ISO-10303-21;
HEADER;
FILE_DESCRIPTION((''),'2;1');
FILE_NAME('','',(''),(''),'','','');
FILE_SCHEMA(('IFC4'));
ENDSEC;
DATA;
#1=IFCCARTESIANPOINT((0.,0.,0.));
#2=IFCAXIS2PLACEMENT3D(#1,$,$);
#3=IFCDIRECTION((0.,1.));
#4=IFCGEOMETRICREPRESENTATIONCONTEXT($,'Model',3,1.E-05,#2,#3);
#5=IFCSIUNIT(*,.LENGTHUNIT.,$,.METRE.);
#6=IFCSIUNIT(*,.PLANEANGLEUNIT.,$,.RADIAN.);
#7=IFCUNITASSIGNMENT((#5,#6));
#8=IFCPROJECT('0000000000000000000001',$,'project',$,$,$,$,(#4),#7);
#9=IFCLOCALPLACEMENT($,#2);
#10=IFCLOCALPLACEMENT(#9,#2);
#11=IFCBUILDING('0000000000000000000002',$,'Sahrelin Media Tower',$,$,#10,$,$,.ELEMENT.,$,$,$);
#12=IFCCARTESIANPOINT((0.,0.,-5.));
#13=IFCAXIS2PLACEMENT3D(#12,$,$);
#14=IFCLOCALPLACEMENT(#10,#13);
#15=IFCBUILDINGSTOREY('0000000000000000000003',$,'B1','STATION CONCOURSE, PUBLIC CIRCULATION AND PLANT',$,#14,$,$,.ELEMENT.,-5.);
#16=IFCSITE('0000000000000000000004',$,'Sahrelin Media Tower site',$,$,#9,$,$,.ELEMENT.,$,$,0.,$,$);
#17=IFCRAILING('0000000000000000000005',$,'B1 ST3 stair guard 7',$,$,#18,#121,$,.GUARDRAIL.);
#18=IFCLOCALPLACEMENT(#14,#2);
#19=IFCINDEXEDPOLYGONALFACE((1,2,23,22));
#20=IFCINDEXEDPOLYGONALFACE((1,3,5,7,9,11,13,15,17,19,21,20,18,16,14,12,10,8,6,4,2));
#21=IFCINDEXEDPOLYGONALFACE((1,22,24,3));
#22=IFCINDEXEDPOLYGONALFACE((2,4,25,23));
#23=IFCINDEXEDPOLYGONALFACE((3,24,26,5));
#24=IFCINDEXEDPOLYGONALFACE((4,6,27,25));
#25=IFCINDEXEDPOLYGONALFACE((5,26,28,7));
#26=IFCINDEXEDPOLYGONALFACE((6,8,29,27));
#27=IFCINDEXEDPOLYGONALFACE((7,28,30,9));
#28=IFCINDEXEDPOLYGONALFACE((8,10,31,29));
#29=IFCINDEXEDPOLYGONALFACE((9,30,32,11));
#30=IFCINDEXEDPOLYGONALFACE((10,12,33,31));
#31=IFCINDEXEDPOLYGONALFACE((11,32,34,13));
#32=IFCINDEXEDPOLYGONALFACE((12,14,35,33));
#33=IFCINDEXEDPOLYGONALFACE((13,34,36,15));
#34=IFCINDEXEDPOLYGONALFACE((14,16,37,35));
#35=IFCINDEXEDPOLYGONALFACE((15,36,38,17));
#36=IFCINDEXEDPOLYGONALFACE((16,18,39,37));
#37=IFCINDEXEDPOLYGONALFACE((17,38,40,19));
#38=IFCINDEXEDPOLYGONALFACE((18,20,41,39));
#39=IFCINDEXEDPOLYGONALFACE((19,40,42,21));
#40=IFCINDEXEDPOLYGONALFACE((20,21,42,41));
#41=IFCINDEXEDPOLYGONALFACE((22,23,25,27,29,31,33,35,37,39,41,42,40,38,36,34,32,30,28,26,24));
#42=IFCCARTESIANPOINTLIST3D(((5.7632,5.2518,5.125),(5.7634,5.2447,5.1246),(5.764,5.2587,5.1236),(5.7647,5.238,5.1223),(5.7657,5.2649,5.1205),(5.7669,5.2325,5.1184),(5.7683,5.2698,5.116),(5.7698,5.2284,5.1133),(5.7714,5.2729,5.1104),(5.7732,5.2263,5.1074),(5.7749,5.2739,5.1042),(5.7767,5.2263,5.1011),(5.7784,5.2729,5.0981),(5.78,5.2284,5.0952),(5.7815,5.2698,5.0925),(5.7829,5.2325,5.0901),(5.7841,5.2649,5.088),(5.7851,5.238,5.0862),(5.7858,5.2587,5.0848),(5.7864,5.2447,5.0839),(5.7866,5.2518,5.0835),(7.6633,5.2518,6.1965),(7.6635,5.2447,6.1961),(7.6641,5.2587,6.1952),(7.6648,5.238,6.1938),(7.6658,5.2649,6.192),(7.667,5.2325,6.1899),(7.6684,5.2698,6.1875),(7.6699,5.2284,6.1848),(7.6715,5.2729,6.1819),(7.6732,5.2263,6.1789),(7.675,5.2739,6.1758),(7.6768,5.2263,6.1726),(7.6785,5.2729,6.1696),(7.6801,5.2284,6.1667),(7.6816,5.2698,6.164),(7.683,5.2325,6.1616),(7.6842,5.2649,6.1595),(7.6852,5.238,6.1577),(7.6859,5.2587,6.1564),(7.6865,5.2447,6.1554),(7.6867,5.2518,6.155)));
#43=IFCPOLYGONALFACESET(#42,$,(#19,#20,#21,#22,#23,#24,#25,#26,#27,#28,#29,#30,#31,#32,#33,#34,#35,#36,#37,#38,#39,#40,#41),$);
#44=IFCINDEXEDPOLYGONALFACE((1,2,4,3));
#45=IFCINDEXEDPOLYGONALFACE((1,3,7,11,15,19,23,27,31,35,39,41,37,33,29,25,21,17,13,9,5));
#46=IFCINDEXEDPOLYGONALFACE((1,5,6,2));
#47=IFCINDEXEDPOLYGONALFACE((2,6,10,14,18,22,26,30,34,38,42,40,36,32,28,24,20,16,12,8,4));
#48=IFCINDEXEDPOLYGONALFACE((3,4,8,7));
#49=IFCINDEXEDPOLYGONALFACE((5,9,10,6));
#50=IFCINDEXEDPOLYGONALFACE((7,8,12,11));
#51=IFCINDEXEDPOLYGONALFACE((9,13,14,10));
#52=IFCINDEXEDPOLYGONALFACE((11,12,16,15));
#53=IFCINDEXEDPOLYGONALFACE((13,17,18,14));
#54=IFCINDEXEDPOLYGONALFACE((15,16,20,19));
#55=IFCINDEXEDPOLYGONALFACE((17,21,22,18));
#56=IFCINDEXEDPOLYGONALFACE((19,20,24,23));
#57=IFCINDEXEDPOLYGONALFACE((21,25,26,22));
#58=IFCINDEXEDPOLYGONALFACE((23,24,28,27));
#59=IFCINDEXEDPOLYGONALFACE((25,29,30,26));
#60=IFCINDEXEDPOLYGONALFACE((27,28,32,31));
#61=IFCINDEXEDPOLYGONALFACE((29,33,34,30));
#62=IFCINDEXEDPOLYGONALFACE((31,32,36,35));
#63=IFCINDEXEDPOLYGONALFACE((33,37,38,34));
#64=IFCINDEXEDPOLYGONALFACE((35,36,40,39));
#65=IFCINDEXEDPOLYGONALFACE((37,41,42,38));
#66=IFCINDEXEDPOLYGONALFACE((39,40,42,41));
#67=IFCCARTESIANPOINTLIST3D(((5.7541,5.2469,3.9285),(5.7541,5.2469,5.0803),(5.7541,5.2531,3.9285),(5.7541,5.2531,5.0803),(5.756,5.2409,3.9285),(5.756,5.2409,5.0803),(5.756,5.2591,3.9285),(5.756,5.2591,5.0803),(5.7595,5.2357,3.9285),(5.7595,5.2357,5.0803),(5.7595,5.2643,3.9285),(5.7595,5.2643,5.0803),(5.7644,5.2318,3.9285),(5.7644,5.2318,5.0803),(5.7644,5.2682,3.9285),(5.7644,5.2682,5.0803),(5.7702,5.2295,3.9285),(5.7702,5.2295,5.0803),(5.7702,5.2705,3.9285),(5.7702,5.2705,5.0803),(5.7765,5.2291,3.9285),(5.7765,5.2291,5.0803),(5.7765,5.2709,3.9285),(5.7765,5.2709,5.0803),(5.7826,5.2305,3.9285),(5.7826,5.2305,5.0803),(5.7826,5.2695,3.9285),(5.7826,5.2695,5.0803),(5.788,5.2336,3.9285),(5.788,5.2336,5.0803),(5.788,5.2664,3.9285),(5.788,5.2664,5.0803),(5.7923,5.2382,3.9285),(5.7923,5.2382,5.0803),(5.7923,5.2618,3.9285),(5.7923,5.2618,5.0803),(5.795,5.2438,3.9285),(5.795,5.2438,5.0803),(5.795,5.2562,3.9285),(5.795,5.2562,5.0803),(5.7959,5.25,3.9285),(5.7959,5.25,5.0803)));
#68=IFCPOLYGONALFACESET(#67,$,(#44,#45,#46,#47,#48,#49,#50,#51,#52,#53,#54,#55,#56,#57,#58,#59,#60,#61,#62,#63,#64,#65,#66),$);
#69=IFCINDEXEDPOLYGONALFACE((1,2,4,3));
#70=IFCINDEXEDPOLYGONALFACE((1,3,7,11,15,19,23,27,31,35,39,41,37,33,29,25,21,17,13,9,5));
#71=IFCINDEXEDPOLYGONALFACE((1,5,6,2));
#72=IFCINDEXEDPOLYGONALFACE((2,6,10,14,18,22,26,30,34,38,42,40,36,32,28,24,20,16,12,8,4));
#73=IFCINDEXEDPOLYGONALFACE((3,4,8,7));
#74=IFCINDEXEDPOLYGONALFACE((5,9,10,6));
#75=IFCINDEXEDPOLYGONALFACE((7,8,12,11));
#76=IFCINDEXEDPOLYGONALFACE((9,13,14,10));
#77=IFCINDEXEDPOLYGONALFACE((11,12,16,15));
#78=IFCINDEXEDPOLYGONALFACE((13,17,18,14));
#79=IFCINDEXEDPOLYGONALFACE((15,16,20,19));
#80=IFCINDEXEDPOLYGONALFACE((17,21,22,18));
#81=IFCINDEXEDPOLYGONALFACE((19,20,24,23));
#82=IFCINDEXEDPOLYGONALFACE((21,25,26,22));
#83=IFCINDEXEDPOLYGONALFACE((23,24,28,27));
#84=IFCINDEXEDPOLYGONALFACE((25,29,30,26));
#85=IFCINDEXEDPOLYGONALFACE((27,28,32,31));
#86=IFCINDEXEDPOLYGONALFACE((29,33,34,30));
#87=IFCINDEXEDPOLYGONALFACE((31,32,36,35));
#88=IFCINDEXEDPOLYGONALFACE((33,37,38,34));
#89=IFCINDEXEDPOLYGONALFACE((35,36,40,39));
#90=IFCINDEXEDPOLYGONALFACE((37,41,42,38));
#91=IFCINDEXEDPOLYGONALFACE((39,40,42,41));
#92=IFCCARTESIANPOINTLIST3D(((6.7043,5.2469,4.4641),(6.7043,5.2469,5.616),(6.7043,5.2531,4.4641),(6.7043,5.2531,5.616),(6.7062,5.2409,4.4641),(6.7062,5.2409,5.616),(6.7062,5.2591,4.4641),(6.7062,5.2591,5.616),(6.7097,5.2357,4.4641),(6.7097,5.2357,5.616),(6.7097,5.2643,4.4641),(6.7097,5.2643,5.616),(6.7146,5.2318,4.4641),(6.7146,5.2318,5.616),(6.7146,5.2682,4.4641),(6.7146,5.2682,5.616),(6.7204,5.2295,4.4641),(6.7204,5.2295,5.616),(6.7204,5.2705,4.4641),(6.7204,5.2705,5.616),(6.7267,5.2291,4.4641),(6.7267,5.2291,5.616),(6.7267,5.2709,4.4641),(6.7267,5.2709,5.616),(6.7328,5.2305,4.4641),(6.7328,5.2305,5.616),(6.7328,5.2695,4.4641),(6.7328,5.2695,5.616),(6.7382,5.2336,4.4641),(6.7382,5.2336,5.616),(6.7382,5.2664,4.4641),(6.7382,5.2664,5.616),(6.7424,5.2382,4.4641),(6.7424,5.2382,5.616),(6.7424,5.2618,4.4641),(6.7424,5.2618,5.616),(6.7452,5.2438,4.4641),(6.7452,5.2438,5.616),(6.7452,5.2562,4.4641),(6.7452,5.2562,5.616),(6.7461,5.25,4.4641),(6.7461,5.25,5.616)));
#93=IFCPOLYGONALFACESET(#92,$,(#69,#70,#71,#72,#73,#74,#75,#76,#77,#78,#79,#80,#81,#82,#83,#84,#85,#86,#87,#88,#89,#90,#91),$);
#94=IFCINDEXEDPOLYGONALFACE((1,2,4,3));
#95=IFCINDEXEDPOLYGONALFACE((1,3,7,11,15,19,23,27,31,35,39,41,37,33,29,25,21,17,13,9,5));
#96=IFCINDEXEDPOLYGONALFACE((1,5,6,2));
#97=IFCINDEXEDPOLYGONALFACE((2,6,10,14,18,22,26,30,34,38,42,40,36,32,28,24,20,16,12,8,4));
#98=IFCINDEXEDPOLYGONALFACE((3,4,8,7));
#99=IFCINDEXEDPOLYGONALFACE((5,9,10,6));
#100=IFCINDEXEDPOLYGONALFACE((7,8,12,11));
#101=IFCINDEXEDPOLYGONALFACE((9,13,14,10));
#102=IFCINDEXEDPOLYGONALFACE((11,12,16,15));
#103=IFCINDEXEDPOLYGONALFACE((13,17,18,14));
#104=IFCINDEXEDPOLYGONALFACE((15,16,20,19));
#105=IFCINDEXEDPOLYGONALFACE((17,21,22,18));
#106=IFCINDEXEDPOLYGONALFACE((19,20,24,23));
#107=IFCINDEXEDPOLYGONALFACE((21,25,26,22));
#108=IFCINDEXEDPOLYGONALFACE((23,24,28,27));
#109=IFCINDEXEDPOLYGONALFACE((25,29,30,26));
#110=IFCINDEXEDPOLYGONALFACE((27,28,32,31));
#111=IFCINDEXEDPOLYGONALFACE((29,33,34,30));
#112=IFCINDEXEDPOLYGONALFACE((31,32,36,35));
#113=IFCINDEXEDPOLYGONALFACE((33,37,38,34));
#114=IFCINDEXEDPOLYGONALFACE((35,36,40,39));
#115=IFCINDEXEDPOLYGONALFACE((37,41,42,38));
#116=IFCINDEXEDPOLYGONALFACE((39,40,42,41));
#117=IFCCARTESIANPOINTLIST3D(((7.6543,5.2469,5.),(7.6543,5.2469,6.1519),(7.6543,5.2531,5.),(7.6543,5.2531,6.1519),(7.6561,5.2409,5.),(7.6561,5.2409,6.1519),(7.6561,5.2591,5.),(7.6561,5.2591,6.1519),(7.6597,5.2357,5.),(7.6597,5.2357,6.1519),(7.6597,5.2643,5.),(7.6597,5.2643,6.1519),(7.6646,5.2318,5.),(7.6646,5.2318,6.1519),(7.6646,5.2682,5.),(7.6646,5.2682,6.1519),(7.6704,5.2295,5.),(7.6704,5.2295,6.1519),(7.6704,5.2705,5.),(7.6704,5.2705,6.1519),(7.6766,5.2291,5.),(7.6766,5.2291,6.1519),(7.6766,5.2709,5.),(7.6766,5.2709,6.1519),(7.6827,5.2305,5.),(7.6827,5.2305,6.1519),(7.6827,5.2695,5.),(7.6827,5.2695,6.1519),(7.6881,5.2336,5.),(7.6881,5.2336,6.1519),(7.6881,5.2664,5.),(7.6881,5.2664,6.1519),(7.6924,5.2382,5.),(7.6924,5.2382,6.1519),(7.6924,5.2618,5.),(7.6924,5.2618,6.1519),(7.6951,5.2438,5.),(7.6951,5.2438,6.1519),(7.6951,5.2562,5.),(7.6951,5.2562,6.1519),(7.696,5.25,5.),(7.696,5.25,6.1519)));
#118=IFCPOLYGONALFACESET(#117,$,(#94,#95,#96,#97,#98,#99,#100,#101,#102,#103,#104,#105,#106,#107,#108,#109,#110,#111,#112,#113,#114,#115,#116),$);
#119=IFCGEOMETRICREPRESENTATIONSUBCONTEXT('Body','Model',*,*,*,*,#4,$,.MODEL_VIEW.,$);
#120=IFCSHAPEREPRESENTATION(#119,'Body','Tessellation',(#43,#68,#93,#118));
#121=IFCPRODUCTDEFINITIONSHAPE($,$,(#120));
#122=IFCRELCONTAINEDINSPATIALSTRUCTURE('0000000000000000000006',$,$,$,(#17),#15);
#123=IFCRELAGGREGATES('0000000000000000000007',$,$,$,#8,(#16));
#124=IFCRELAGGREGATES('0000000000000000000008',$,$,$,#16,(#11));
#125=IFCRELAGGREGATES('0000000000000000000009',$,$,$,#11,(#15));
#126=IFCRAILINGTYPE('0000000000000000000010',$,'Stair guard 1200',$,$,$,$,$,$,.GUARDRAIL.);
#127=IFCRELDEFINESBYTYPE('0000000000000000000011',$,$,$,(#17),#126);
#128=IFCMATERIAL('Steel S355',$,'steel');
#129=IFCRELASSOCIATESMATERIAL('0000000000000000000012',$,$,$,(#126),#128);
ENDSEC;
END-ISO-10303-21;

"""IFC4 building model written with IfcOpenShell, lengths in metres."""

from ifc_helpers import new_model, si_unit, direction, frame, origin, origin_2d, place, context, subcontext, project, spatial, circle, extrude, material, type_object, element, save


model = new_model("IFC4")

# Units and contexts
model_context = context("Model", 3, precision=1e-05, world=origin(), true_north=direction((0.0, 1.0)))
body_context = subcontext(model_context, "Body", "Model", "MODEL_VIEW")
ifc_project = project(units=[si_unit("LENGTHUNIT", "METRE"), si_unit("PLANEANGLEUNIT", "RADIAN")], contexts=[model_context])

# Site, building, storey
site_placement = place(None, origin())
site = spatial("IfcSite", under=ifc_project, at=site_placement, Name="Sahrelin Media Tower site", CompositionType="ELEMENT", RefElevation=0.0)
building_placement = place(site_placement, origin())
building = spatial("IfcBuilding", under=site, at=building_placement, Name="Sahrelin Media Tower", CompositionType="ELEMENT")
storey_placement = place(building_placement, frame((0.0, 0.0, -5.0)))
storey = spatial("IfcBuildingStorey", under=building, at=storey_placement, Name="B1", Description="STATION CONCOURSE, PUBLIC CIRCULATION AND PLANT", CompositionType="ELEMENT", Elevation=-5.0)

# Railing
ifc_material_1 = material(Name="Steel S355", Category="steel")
railing_type_1 = type_object("IfcRailingType", Name="Stair guard 1200", PredefinedType="GUARDRAIL", material=ifc_material_1)
railing_1_placement = place(storey_placement, frame((5.7749, 5.25, 3.9285)))
element("IfcRailing", 1, at=railing_1_placement, inside=storey, type_object=railing_type_1, Name="B1 ST3 stair guard 7", PredefinedType="GUARDRAIL", context=body_context, shape_type="SweptSolid", body=[
    extrude(circle(Radius=0.0239, at=origin_2d()), frame((0.0, 0.0, 1.1758), z_axis=(0.871046, 0.0, 0.491201), x_axis=(0.0, 1.0, 0.0)), (0.0, 0.0, 1.0), 2.1814),
    extrude(circle(Radius=0.021, at=origin_2d()), origin(), (0.0, 0.0, 1.0), 1.1519),
    extrude(circle(Radius=0.021, at=origin_2d()), frame((0.9502, 0.0, 0.5356)), (0.0, 0.0, 1.0), 1.1519),
    extrude(circle(Radius=0.021, at=origin_2d()), frame((1.9001, 0.0, 1.0715)), (0.0, 0.0, 1.0), 1.1519),
])

save(model, "model.ifc")
